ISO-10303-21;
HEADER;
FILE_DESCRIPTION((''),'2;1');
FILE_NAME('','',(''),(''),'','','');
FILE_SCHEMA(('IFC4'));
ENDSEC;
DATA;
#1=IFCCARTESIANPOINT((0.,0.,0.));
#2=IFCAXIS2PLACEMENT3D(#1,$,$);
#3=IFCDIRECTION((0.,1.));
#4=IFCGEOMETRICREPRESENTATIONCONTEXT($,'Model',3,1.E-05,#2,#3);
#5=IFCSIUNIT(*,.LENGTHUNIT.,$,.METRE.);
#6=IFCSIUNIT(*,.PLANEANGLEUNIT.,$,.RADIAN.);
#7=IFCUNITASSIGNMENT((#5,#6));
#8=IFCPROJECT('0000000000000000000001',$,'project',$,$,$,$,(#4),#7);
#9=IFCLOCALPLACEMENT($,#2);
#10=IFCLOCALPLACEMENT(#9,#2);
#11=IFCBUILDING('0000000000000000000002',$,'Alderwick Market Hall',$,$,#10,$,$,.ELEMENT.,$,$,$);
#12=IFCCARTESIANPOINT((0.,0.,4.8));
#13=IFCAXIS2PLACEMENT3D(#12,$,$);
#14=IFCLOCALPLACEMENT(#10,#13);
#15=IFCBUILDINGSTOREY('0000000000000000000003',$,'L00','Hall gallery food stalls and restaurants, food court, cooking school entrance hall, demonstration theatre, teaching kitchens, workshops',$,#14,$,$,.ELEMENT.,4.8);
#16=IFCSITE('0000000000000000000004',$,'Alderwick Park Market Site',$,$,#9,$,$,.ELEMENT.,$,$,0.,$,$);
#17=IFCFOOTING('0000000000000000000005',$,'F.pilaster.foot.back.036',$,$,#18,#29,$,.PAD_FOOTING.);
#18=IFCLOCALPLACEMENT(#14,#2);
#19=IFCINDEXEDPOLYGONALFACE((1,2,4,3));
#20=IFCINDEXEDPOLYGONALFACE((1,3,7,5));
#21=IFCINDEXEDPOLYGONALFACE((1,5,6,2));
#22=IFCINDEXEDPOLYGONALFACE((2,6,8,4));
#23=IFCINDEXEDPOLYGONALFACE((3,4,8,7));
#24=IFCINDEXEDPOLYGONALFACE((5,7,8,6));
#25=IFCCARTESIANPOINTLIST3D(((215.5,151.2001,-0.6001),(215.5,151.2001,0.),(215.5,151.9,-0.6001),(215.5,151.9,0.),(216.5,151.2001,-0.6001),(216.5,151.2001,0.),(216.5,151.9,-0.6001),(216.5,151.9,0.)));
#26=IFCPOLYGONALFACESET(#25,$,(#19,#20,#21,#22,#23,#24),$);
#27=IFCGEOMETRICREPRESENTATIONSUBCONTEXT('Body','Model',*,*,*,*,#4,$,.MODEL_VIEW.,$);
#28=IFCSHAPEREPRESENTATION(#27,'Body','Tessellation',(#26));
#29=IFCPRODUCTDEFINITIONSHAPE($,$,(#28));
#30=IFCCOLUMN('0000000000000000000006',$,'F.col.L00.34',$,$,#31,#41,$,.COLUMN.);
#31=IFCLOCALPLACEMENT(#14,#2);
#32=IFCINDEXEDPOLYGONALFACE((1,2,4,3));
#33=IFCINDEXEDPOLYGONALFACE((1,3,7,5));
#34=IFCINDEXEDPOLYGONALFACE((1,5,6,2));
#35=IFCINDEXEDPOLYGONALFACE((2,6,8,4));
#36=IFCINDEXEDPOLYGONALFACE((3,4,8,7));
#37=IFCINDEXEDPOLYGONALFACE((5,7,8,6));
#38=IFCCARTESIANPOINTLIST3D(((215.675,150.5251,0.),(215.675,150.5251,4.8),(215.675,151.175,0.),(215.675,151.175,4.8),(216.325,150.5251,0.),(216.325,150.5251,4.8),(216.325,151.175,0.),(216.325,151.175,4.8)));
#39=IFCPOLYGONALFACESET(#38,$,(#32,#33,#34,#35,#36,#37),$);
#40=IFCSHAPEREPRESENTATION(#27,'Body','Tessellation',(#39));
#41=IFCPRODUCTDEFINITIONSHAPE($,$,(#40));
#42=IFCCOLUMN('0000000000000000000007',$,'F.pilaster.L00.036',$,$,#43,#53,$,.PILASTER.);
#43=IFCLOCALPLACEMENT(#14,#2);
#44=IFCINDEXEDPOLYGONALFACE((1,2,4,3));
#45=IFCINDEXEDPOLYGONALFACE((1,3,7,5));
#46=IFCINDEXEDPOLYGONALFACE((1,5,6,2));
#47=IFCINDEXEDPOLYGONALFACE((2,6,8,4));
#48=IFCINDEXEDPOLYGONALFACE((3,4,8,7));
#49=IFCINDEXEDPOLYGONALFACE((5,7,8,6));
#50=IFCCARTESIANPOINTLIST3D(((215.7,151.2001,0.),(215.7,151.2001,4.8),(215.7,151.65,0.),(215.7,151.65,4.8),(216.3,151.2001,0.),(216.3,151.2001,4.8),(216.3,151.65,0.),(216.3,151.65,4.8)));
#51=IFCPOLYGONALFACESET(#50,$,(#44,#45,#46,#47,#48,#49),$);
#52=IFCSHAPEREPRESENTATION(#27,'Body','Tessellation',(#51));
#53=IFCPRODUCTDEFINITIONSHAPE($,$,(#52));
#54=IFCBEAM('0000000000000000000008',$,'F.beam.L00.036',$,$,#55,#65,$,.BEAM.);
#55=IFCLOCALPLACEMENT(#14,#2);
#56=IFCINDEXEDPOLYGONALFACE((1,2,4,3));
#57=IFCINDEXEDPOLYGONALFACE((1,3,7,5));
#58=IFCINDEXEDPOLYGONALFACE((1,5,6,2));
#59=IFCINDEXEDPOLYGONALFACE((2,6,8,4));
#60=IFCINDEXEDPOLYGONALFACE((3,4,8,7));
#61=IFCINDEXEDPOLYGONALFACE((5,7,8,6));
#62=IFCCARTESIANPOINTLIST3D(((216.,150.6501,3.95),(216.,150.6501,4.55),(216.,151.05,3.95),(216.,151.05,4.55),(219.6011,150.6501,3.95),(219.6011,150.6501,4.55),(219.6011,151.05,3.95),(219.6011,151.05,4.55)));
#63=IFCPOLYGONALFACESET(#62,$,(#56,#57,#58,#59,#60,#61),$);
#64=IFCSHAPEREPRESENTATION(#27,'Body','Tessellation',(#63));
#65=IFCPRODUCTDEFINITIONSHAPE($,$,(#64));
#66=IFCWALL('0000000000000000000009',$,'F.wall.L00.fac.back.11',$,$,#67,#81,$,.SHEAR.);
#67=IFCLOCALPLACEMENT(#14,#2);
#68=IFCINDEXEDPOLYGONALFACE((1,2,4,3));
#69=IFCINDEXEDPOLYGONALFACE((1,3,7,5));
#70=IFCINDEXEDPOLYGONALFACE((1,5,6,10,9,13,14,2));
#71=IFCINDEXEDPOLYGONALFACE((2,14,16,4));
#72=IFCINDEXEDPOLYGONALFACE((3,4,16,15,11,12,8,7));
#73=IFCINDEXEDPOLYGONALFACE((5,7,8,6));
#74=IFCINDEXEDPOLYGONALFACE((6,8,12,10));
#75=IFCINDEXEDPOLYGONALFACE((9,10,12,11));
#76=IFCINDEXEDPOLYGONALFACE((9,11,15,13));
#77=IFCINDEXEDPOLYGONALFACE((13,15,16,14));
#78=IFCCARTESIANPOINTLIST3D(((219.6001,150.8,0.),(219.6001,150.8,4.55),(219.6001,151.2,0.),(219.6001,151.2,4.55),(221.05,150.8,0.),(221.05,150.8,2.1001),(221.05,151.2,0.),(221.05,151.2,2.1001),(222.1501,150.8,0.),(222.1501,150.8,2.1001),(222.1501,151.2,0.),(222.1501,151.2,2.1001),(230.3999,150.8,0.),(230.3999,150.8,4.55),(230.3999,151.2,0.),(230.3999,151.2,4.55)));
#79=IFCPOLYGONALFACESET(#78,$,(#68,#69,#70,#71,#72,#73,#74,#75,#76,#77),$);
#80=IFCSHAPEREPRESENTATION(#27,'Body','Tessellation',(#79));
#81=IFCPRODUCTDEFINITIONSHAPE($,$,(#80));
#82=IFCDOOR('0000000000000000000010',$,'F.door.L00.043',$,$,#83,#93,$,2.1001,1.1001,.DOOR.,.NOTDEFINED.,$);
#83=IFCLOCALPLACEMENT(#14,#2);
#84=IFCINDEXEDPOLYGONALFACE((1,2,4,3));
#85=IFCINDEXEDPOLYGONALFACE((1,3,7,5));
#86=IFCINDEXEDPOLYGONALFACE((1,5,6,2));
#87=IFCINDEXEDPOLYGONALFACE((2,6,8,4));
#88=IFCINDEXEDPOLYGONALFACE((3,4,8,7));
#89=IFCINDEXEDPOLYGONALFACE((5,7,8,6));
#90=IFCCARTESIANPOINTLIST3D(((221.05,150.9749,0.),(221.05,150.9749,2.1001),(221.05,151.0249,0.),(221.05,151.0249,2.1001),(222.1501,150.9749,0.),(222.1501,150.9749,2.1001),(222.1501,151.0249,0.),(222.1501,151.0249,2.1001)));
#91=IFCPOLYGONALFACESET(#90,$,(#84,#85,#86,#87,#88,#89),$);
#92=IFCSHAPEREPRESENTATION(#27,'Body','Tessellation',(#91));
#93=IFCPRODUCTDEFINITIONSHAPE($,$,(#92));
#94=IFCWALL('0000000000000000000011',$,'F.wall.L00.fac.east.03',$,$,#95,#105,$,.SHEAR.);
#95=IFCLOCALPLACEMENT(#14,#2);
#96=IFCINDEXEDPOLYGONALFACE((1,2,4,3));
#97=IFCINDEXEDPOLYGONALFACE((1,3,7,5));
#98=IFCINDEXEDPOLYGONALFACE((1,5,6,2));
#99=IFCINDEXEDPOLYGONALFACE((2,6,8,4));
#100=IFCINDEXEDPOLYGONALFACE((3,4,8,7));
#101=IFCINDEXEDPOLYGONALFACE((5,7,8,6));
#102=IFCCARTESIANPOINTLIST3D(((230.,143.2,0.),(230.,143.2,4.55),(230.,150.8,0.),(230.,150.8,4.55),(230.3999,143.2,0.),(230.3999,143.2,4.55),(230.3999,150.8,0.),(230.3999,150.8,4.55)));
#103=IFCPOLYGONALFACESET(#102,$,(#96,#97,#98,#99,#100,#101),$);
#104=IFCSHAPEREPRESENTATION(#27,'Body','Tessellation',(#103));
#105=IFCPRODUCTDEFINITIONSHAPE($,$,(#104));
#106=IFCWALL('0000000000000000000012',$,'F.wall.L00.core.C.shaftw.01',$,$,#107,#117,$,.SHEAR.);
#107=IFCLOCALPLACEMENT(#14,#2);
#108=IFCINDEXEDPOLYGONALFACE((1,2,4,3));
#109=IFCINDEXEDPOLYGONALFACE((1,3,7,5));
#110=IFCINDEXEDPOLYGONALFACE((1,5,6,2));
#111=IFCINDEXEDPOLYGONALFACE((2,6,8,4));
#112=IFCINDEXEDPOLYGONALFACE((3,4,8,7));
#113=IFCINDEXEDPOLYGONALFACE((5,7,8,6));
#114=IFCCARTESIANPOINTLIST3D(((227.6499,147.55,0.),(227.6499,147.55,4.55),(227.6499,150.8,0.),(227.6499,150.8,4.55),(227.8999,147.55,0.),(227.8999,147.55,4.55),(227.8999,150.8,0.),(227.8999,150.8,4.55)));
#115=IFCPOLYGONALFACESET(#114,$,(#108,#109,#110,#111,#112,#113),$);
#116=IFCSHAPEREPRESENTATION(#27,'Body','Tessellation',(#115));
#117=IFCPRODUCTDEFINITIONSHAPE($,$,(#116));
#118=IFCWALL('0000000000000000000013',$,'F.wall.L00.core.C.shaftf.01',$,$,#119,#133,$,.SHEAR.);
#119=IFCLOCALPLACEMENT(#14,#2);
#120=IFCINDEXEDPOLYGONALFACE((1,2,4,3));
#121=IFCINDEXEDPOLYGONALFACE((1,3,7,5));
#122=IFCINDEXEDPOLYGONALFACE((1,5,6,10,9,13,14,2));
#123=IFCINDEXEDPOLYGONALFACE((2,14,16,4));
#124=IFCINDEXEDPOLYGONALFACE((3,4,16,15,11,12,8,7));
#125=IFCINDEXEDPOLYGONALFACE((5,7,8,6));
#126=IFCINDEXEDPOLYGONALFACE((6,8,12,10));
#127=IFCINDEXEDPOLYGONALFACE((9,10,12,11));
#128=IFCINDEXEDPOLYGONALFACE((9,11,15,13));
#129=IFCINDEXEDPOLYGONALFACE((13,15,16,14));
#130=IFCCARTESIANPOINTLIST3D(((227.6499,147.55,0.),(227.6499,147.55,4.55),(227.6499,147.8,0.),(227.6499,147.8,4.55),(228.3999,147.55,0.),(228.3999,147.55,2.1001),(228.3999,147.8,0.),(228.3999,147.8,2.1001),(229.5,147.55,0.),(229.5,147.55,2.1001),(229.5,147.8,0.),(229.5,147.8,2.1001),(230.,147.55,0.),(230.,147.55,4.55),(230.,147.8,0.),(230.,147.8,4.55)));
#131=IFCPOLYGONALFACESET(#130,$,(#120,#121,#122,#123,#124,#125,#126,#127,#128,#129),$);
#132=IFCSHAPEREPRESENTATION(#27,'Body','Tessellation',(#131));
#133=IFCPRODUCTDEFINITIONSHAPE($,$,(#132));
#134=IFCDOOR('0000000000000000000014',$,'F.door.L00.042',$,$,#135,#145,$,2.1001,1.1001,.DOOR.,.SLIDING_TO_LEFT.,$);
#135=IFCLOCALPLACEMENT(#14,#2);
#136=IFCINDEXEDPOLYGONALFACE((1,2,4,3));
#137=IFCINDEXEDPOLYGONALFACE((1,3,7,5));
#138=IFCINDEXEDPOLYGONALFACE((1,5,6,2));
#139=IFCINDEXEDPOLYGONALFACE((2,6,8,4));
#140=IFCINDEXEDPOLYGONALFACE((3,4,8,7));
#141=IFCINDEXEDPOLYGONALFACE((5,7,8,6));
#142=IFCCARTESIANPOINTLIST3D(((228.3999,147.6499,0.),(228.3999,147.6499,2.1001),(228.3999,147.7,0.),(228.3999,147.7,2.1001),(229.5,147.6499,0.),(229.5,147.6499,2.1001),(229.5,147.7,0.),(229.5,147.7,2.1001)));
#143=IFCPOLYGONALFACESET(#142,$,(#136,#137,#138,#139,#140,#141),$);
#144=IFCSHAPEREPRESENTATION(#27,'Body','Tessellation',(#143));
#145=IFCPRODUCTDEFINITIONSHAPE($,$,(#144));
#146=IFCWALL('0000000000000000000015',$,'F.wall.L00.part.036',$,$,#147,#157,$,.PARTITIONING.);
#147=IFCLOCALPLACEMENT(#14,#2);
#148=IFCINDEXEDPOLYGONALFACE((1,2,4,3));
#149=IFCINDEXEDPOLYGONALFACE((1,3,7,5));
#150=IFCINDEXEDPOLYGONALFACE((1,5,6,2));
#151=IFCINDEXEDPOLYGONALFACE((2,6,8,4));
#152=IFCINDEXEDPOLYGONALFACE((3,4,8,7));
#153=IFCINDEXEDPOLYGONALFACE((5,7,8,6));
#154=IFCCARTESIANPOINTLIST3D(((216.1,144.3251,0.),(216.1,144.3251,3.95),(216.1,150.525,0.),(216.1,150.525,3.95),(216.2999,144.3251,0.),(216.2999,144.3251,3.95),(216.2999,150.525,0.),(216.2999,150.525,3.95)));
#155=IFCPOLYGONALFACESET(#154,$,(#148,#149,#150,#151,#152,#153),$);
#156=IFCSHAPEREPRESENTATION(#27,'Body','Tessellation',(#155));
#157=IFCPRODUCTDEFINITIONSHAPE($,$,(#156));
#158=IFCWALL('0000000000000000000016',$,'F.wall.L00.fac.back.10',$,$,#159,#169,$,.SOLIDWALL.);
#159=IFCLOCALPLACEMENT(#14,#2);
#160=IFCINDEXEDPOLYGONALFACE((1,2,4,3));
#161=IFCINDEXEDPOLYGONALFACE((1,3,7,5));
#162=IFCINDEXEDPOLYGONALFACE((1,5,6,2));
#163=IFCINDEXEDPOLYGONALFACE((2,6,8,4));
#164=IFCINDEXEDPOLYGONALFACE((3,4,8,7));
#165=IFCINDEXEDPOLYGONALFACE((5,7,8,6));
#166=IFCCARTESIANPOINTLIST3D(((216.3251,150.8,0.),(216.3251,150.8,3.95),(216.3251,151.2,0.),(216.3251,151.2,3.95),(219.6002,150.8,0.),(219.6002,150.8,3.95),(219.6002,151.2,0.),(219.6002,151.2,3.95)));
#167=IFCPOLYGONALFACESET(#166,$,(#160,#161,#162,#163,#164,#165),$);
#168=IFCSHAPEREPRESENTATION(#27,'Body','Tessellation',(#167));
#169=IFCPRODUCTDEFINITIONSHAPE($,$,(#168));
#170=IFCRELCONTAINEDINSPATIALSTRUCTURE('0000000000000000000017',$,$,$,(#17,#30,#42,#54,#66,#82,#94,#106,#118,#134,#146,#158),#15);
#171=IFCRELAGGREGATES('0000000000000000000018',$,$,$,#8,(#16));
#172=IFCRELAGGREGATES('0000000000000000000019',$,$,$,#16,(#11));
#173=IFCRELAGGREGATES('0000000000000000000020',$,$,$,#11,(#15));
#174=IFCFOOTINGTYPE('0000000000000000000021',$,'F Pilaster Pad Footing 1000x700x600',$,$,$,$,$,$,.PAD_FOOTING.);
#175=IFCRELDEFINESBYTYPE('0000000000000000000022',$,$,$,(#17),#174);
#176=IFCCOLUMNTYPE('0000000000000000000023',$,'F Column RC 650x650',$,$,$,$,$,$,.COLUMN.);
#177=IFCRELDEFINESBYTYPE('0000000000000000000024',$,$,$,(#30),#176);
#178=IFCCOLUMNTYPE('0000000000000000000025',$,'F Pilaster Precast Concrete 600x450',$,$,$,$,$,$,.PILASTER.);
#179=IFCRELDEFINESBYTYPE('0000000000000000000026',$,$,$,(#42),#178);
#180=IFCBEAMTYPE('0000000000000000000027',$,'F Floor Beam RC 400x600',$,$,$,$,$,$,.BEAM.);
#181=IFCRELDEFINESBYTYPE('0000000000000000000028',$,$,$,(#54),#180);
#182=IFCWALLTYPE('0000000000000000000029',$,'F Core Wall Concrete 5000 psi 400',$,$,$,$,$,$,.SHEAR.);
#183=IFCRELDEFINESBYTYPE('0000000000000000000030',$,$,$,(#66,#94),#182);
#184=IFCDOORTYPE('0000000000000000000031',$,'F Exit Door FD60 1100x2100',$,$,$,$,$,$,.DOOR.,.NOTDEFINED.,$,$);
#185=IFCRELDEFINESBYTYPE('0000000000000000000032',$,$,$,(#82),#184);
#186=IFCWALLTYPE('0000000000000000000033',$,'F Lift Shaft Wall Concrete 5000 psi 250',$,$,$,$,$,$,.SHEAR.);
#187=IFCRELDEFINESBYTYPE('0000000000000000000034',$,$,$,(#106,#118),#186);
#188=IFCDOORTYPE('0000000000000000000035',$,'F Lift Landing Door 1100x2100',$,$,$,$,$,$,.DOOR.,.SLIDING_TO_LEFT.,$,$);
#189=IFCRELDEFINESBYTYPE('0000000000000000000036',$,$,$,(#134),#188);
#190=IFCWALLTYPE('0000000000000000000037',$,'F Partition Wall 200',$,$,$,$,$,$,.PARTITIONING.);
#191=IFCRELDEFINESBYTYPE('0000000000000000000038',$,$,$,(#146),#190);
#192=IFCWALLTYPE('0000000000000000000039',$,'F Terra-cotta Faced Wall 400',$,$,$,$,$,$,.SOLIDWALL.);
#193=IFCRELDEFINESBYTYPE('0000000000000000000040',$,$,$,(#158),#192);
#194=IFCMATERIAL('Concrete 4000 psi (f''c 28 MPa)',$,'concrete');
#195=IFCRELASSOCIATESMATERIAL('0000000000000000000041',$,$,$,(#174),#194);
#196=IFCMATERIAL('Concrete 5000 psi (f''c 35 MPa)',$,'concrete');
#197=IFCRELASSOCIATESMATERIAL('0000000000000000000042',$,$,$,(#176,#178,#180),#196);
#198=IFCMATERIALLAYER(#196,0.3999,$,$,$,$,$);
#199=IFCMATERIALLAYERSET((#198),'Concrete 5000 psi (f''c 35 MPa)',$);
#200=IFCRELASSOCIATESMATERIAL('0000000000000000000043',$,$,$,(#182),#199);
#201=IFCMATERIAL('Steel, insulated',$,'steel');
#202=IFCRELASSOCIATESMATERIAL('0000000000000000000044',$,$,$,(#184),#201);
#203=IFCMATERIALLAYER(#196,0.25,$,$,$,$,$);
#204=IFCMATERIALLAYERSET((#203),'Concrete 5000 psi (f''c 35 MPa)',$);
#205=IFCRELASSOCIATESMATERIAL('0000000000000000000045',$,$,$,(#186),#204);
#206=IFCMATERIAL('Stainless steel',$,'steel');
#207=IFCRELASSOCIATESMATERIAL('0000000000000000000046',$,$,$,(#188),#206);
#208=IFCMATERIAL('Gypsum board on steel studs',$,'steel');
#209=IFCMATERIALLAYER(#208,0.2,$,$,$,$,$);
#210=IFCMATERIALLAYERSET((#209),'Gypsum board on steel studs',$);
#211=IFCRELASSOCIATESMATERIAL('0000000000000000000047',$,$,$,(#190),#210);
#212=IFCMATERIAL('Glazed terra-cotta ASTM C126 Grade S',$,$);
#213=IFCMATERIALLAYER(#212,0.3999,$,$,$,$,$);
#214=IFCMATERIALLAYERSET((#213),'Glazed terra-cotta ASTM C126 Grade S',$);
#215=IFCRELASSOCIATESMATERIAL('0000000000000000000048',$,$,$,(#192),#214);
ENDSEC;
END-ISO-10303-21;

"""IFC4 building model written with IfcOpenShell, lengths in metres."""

from ifc_helpers import new_model, si_unit, direction, frame, frame_2d, origin, origin_2d, place, context, subcontext, project, spatial, rectangle, extrude, material, layer, layer_set, material_profile, profile_set, type_object, element, fill, save


model = new_model("IFC4")

# Units and contexts
model_context = context("Model", 3, precision=1e-05, world=origin(), true_north=direction((0.0, 1.0)))
body_context = subcontext(model_context, "Body", "Model", "MODEL_VIEW")
ifc_project = project(units=[si_unit("LENGTHUNIT", "METRE"), si_unit("PLANEANGLEUNIT", "RADIAN")], contexts=[model_context])

# Site, building, storey
site_placement = place(None, origin())
site = spatial("IfcSite", under=ifc_project, at=site_placement, Name="Alderwick Park Market Site", CompositionType="ELEMENT", RefElevation=0.0)
building_placement = place(site_placement, origin())
building = spatial("IfcBuilding", under=site, at=building_placement, Name="Alderwick Market Hall", CompositionType="ELEMENT")
storey_placement = place(building_placement, frame((0.0, 0.0, 4.8)))
storey = spatial("IfcBuildingStorey", under=building, at=storey_placement, Name="L00", Description="Hall gallery food stalls and restaurants, food court, cooking school entrance hall, demonstration theatre, teaching kitchens, workshops", CompositionType="ELEMENT", Elevation=4.8)

# Footing
ifc_material_1 = material(Name="Concrete 4000 psi (f'c 28 MPa)", Category="concrete")
footing_type = type_object("IfcFootingType", Name="F Pilaster Pad Footing 1000x700x600", PredefinedType="PAD_FOOTING", material=ifc_material_1)
footing_placement = place(storey_placement, frame((216.0, 151.55, -0.6001), z_axis=(0.0, 0.0, 1.0), x_axis=(1.0, 0.0, 0.0)))
element("IfcFooting", 1, at=footing_placement, inside=storey, type_object=footing_type, Name="F.pilaster.foot.back.036", PredefinedType="PAD_FOOTING", context=body_context, shape_type="SweptSolid", body=[
    extrude(rectangle(XDim=1.0, YDim=0.7, at=origin_2d()), origin(), (0.0, 0.0, 1.0), 0.6001),
])

# Columns
ifc_material_2 = material(Name="Concrete 5000 psi (f'c 35 MPa)", Category="concrete")
ifc_material_profile_1 = material_profile(ifc_material_2, rectangle(XDim=0.6499, YDim=0.6499, at=origin_2d()), Name="RC 650x650")
ifc_profile_set_1 = profile_set([ifc_material_profile_1], Name="Concrete 5000 psi (f'c 35 MPa)")
column_type_1 = type_object("IfcColumnType", Name="F Column RC 650x650", PredefinedType="COLUMN", material=ifc_profile_set_1)
column_1_placement = place(storey_placement, frame((216.0, 150.8501, 0.0), z_axis=(0.0, 0.0, 1.0), x_axis=(1.0, 0.0, 0.0)))
element("IfcColumn", 2, at=column_1_placement, inside=storey, type_object=column_type_1, Name="F.col.L00.34", PredefinedType="COLUMN", context=body_context, shape_type="SweptSolid", body=[
    extrude(rectangle(XDim=0.6499, YDim=0.6499, at=origin_2d()), origin(), (0.0, 0.0, 1.0), 4.8),
])
ifc_material_profile_2 = material_profile(ifc_material_2, rectangle(XDim=0.6001, YDim=0.45, at=origin_2d()), Name="PC 600x450")
ifc_profile_set_2 = profile_set([ifc_material_profile_2], Name="Concrete 5000 psi (f'c 35 MPa)")
column_type_2 = type_object("IfcColumnType", Name="F Pilaster Precast Concrete 600x450", PredefinedType="PILASTER", material=ifc_profile_set_2)
column_2_placement = place(storey_placement, frame((216.0, 151.425, 0.0), z_axis=(0.0, 0.0, 1.0), x_axis=(1.0, 0.0, 0.0)))
element("IfcColumn", 3, at=column_2_placement, inside=storey, type_object=column_type_2, Name="F.pilaster.L00.036", PredefinedType="PILASTER", context=body_context, shape_type="SweptSolid", body=[
    extrude(rectangle(XDim=0.6001, YDim=0.45, at=origin_2d()), origin(), (0.0, 0.0, 1.0), 4.8),
])

# Beam
ifc_material_profile_3 = material_profile(ifc_material_2, rectangle(XDim=0.3999, YDim=0.6001, at=origin_2d()), Name="RC 400x600")
ifc_profile_set_3 = profile_set([ifc_material_profile_3], Name="Concrete 5000 psi (f'c 35 MPa)")
beam_type = type_object("IfcBeamType", Name="F Floor Beam RC 400x600", PredefinedType="BEAM", material=ifc_profile_set_3)
beam_placement = place(storey_placement, frame((216.0, 150.8501, 4.25), z_axis=(1.0, 0.0, 0.0), x_axis=(0.0, 1.0, 0.0)))
element("IfcBeam", 4, at=beam_placement, inside=storey, type_object=beam_type, Name="F.beam.L00.036", PredefinedType="BEAM", context=body_context, shape_type="SweptSolid", body=[
    extrude(rectangle(XDim=0.3999, YDim=0.6001, at=origin_2d()), origin(), (0.0, 0.0, 1.0), 3.6011),
])

# Wall, opening, door
ifc_layer_1 = layer(ifc_material_2, 0.3999)
ifc_layer_set_1 = layer_set([ifc_layer_1], Name="Concrete 5000 psi (f'c 35 MPa)")
wall_type_1 = type_object("IfcWallType", Name="F Core Wall Concrete 5000 psi 400", PredefinedType="SHEAR", material=ifc_layer_set_1)
wall_1_placement = place(storey_placement, frame((219.6001, 151.0, 0.0), z_axis=(0.0, 0.0, 1.0), x_axis=(1.0, 0.0, 0.0)))
wall_1 = element("IfcWall", 5, at=wall_1_placement, inside=storey, type_object=wall_type_1, Name="F.wall.L00.fac.back.11", PredefinedType="SHEAR", context=body_context, shape_type="SweptSolid", body=[
    extrude(rectangle(XDim=10.7998, YDim=0.3999, at=frame_2d((5.3999, 0.0))), origin(), (0.0, 0.0, 1.0), 4.55),
])
opening_1_placement = place(wall_1_placement, frame((1.45, 0.0, 0.0)))
opening_1 = element("IfcOpeningElement", 6, at=opening_1_placement, cuts=wall_1, PredefinedType="OPENING", context=body_context, shape_type="SweptSolid", body=[
    extrude(rectangle(XDim=1.1001, YDim=2.1001, at=frame_2d((0.55, 1.05))), frame((0.0, 0.21, 0.0), z_axis=(0.0, -1.0, 0.0), x_axis=(1.0, 0.0, 0.0)), (0.0, 0.0, 1.0), 0.4199),
])
ifc_material_3 = material(Name="Steel, insulated", Category="steel")
door_type_1 = type_object("IfcDoorType", Name="F Exit Door FD60 1100x2100", OperationType="NOTDEFINED", PredefinedType="DOOR", material=ifc_material_3)
door_1_placement = place(opening_1_placement, origin())
door_1 = element("IfcDoor", 7, at=door_1_placement, inside=storey, type_object=door_type_1, Name="F.door.L00.043", OperationType="NOTDEFINED", OverallHeight=2.1001, OverallWidth=1.1001, PredefinedType="DOOR", context=body_context, shape_type="SweptSolid", body=[
    extrude(rectangle(XDim=1.1001, YDim=2.1001, at=frame_2d((0.55, 1.05))), frame((0.0, 0.0249, 0.0), z_axis=(0.0, -1.0, 0.0), x_axis=(1.0, 0.0, 0.0)), (0.0, 0.0, 1.0), 0.05),
])
fill(opening_1, door_1)

# Walls
wall_2_placement = place(storey_placement, frame((230.2, 150.8, 0.0), z_axis=(0.0, 0.0, 1.0), x_axis=(0.0, -1.0, 0.0)))
element("IfcWall", 8, at=wall_2_placement, inside=storey, type_object=wall_type_1, Name="F.wall.L00.fac.east.03", PredefinedType="SHEAR", context=body_context, shape_type="SweptSolid", body=[
    extrude(rectangle(XDim=7.6001, YDim=0.3999, at=frame_2d((3.8, 0.0))), origin(), (0.0, 0.0, 1.0), 4.55),
])
ifc_layer_2 = layer(ifc_material_2, 0.25)
ifc_layer_set_2 = layer_set([ifc_layer_2], Name="Concrete 5000 psi (f'c 35 MPa)")
wall_type_2 = type_object("IfcWallType", Name="F Lift Shaft Wall Concrete 5000 psi 250", PredefinedType="SHEAR", material=ifc_layer_set_2)
wall_3_placement = place(storey_placement, frame((227.7749, 147.55, 0.0), z_axis=(0.0, 0.0, 1.0), x_axis=(0.0, 1.0, 0.0)))
element("IfcWall", 9, at=wall_3_placement, inside=storey, type_object=wall_type_2, Name="F.wall.L00.core.C.shaftw.01", PredefinedType="SHEAR", context=body_context, shape_type="SweptSolid", body=[
    extrude(rectangle(XDim=3.25, YDim=0.25, at=frame_2d((1.625, 0.0))), origin(), (0.0, 0.0, 1.0), 4.55),
])

# Wall, opening, door
wall_4_placement = place(storey_placement, frame((227.6499, 147.675, 0.0), z_axis=(0.0, 0.0, 1.0), x_axis=(1.0, 0.0, 0.0)))
wall_4 = element("IfcWall", 10, at=wall_4_placement, inside=storey, type_object=wall_type_2, Name="F.wall.L00.core.C.shaftf.01", PredefinedType="SHEAR", context=body_context, shape_type="SweptSolid", body=[
    extrude(rectangle(XDim=2.3501, YDim=0.25, at=frame_2d((1.175, 0.0))), origin(), (0.0, 0.0, 1.0), 4.55),
])
opening_2_placement = place(wall_4_placement, frame((0.75, 0.0, 0.0)))
opening_2 = element("IfcOpeningElement", 11, at=opening_2_placement, cuts=wall_4, PredefinedType="OPENING", context=body_context, shape_type="SweptSolid", body=[
    extrude(rectangle(XDim=1.1001, YDim=2.1001, at=frame_2d((0.55, 1.05))), frame((0.0, 0.135, 0.0), z_axis=(0.0, -1.0, 0.0), x_axis=(1.0, 0.0, 0.0)), (0.0, 0.0, 1.0), 0.27),
])
ifc_material_4 = material(Name="Stainless steel", Category="steel")
door_type_2 = type_object("IfcDoorType", Name="F Lift Landing Door 1100x2100", OperationType="SLIDING_TO_LEFT", PredefinedType="DOOR", material=ifc_material_4)
door_2_placement = place(opening_2_placement, origin())
door_2 = element("IfcDoor", 12, at=door_2_placement, inside=storey, type_object=door_type_2, Name="F.door.L00.042", OperationType="SLIDING_TO_LEFT", OverallHeight=2.1001, OverallWidth=1.1001, PredefinedType="DOOR", context=body_context, shape_type="SweptSolid", body=[
    extrude(rectangle(XDim=1.1001, YDim=2.1001, at=frame_2d((0.55, 1.05))), frame((0.0, 0.0249, 0.0), z_axis=(0.0, -1.0, 0.0), x_axis=(1.0, 0.0, 0.0)), (0.0, 0.0, 1.0), 0.05),
])
fill(opening_2, door_2)

# Walls
ifc_material_5 = material(Name="Gypsum board on steel studs", Category="steel")
ifc_layer_3 = layer(ifc_material_5, 0.2)
ifc_layer_set_3 = layer_set([ifc_layer_3], Name="Gypsum board on steel studs")
wall_type_3 = type_object("IfcWallType", Name="F Partition Wall 200", PredefinedType="PARTITIONING", material=ifc_layer_set_3)
wall_5_placement = place(storey_placement, frame((216.2, 144.325, 0.0), z_axis=(0.0, 0.0, 1.0), x_axis=(0.0, 1.0, 0.0)))
element("IfcWall", 13, at=wall_5_placement, inside=storey, type_object=wall_type_3, Name="F.wall.L00.part.036", PredefinedType="PARTITIONING", context=body_context, shape_type="SweptSolid", body=[
    extrude(rectangle(XDim=6.2, YDim=0.2, at=frame_2d((3.1001, 0.0))), origin(), (0.0, 0.0, 1.0), 3.95),
])
ifc_material_6 = material(Name="Glazed terra-cotta ASTM C126 Grade S")
ifc_layer_4 = layer(ifc_material_6, 0.3999)
ifc_layer_set_4 = layer_set([ifc_layer_4], Name="Glazed terra-cotta ASTM C126 Grade S")
wall_type_4 = type_object("IfcWallType", Name="F Terra-cotta Faced Wall 400", PredefinedType="SOLIDWALL", material=ifc_layer_set_4)
wall_6_placement = place(storey_placement, frame((216.325, 151.0, 0.0), z_axis=(0.0, 0.0, 1.0), x_axis=(1.0, 0.0, 0.0)))
element("IfcWall", 14, at=wall_6_placement, inside=storey, type_object=wall_type_4, Name="F.wall.L00.fac.back.10", PredefinedType="SOLIDWALL", context=body_context, shape_type="SweptSolid", body=[
    extrude(rectangle(XDim=3.2751, YDim=0.3999, at=frame_2d((1.6377, 0.0))), origin(), (0.0, 0.0, 1.0), 3.95),
])

save(model, "model.ifc")
